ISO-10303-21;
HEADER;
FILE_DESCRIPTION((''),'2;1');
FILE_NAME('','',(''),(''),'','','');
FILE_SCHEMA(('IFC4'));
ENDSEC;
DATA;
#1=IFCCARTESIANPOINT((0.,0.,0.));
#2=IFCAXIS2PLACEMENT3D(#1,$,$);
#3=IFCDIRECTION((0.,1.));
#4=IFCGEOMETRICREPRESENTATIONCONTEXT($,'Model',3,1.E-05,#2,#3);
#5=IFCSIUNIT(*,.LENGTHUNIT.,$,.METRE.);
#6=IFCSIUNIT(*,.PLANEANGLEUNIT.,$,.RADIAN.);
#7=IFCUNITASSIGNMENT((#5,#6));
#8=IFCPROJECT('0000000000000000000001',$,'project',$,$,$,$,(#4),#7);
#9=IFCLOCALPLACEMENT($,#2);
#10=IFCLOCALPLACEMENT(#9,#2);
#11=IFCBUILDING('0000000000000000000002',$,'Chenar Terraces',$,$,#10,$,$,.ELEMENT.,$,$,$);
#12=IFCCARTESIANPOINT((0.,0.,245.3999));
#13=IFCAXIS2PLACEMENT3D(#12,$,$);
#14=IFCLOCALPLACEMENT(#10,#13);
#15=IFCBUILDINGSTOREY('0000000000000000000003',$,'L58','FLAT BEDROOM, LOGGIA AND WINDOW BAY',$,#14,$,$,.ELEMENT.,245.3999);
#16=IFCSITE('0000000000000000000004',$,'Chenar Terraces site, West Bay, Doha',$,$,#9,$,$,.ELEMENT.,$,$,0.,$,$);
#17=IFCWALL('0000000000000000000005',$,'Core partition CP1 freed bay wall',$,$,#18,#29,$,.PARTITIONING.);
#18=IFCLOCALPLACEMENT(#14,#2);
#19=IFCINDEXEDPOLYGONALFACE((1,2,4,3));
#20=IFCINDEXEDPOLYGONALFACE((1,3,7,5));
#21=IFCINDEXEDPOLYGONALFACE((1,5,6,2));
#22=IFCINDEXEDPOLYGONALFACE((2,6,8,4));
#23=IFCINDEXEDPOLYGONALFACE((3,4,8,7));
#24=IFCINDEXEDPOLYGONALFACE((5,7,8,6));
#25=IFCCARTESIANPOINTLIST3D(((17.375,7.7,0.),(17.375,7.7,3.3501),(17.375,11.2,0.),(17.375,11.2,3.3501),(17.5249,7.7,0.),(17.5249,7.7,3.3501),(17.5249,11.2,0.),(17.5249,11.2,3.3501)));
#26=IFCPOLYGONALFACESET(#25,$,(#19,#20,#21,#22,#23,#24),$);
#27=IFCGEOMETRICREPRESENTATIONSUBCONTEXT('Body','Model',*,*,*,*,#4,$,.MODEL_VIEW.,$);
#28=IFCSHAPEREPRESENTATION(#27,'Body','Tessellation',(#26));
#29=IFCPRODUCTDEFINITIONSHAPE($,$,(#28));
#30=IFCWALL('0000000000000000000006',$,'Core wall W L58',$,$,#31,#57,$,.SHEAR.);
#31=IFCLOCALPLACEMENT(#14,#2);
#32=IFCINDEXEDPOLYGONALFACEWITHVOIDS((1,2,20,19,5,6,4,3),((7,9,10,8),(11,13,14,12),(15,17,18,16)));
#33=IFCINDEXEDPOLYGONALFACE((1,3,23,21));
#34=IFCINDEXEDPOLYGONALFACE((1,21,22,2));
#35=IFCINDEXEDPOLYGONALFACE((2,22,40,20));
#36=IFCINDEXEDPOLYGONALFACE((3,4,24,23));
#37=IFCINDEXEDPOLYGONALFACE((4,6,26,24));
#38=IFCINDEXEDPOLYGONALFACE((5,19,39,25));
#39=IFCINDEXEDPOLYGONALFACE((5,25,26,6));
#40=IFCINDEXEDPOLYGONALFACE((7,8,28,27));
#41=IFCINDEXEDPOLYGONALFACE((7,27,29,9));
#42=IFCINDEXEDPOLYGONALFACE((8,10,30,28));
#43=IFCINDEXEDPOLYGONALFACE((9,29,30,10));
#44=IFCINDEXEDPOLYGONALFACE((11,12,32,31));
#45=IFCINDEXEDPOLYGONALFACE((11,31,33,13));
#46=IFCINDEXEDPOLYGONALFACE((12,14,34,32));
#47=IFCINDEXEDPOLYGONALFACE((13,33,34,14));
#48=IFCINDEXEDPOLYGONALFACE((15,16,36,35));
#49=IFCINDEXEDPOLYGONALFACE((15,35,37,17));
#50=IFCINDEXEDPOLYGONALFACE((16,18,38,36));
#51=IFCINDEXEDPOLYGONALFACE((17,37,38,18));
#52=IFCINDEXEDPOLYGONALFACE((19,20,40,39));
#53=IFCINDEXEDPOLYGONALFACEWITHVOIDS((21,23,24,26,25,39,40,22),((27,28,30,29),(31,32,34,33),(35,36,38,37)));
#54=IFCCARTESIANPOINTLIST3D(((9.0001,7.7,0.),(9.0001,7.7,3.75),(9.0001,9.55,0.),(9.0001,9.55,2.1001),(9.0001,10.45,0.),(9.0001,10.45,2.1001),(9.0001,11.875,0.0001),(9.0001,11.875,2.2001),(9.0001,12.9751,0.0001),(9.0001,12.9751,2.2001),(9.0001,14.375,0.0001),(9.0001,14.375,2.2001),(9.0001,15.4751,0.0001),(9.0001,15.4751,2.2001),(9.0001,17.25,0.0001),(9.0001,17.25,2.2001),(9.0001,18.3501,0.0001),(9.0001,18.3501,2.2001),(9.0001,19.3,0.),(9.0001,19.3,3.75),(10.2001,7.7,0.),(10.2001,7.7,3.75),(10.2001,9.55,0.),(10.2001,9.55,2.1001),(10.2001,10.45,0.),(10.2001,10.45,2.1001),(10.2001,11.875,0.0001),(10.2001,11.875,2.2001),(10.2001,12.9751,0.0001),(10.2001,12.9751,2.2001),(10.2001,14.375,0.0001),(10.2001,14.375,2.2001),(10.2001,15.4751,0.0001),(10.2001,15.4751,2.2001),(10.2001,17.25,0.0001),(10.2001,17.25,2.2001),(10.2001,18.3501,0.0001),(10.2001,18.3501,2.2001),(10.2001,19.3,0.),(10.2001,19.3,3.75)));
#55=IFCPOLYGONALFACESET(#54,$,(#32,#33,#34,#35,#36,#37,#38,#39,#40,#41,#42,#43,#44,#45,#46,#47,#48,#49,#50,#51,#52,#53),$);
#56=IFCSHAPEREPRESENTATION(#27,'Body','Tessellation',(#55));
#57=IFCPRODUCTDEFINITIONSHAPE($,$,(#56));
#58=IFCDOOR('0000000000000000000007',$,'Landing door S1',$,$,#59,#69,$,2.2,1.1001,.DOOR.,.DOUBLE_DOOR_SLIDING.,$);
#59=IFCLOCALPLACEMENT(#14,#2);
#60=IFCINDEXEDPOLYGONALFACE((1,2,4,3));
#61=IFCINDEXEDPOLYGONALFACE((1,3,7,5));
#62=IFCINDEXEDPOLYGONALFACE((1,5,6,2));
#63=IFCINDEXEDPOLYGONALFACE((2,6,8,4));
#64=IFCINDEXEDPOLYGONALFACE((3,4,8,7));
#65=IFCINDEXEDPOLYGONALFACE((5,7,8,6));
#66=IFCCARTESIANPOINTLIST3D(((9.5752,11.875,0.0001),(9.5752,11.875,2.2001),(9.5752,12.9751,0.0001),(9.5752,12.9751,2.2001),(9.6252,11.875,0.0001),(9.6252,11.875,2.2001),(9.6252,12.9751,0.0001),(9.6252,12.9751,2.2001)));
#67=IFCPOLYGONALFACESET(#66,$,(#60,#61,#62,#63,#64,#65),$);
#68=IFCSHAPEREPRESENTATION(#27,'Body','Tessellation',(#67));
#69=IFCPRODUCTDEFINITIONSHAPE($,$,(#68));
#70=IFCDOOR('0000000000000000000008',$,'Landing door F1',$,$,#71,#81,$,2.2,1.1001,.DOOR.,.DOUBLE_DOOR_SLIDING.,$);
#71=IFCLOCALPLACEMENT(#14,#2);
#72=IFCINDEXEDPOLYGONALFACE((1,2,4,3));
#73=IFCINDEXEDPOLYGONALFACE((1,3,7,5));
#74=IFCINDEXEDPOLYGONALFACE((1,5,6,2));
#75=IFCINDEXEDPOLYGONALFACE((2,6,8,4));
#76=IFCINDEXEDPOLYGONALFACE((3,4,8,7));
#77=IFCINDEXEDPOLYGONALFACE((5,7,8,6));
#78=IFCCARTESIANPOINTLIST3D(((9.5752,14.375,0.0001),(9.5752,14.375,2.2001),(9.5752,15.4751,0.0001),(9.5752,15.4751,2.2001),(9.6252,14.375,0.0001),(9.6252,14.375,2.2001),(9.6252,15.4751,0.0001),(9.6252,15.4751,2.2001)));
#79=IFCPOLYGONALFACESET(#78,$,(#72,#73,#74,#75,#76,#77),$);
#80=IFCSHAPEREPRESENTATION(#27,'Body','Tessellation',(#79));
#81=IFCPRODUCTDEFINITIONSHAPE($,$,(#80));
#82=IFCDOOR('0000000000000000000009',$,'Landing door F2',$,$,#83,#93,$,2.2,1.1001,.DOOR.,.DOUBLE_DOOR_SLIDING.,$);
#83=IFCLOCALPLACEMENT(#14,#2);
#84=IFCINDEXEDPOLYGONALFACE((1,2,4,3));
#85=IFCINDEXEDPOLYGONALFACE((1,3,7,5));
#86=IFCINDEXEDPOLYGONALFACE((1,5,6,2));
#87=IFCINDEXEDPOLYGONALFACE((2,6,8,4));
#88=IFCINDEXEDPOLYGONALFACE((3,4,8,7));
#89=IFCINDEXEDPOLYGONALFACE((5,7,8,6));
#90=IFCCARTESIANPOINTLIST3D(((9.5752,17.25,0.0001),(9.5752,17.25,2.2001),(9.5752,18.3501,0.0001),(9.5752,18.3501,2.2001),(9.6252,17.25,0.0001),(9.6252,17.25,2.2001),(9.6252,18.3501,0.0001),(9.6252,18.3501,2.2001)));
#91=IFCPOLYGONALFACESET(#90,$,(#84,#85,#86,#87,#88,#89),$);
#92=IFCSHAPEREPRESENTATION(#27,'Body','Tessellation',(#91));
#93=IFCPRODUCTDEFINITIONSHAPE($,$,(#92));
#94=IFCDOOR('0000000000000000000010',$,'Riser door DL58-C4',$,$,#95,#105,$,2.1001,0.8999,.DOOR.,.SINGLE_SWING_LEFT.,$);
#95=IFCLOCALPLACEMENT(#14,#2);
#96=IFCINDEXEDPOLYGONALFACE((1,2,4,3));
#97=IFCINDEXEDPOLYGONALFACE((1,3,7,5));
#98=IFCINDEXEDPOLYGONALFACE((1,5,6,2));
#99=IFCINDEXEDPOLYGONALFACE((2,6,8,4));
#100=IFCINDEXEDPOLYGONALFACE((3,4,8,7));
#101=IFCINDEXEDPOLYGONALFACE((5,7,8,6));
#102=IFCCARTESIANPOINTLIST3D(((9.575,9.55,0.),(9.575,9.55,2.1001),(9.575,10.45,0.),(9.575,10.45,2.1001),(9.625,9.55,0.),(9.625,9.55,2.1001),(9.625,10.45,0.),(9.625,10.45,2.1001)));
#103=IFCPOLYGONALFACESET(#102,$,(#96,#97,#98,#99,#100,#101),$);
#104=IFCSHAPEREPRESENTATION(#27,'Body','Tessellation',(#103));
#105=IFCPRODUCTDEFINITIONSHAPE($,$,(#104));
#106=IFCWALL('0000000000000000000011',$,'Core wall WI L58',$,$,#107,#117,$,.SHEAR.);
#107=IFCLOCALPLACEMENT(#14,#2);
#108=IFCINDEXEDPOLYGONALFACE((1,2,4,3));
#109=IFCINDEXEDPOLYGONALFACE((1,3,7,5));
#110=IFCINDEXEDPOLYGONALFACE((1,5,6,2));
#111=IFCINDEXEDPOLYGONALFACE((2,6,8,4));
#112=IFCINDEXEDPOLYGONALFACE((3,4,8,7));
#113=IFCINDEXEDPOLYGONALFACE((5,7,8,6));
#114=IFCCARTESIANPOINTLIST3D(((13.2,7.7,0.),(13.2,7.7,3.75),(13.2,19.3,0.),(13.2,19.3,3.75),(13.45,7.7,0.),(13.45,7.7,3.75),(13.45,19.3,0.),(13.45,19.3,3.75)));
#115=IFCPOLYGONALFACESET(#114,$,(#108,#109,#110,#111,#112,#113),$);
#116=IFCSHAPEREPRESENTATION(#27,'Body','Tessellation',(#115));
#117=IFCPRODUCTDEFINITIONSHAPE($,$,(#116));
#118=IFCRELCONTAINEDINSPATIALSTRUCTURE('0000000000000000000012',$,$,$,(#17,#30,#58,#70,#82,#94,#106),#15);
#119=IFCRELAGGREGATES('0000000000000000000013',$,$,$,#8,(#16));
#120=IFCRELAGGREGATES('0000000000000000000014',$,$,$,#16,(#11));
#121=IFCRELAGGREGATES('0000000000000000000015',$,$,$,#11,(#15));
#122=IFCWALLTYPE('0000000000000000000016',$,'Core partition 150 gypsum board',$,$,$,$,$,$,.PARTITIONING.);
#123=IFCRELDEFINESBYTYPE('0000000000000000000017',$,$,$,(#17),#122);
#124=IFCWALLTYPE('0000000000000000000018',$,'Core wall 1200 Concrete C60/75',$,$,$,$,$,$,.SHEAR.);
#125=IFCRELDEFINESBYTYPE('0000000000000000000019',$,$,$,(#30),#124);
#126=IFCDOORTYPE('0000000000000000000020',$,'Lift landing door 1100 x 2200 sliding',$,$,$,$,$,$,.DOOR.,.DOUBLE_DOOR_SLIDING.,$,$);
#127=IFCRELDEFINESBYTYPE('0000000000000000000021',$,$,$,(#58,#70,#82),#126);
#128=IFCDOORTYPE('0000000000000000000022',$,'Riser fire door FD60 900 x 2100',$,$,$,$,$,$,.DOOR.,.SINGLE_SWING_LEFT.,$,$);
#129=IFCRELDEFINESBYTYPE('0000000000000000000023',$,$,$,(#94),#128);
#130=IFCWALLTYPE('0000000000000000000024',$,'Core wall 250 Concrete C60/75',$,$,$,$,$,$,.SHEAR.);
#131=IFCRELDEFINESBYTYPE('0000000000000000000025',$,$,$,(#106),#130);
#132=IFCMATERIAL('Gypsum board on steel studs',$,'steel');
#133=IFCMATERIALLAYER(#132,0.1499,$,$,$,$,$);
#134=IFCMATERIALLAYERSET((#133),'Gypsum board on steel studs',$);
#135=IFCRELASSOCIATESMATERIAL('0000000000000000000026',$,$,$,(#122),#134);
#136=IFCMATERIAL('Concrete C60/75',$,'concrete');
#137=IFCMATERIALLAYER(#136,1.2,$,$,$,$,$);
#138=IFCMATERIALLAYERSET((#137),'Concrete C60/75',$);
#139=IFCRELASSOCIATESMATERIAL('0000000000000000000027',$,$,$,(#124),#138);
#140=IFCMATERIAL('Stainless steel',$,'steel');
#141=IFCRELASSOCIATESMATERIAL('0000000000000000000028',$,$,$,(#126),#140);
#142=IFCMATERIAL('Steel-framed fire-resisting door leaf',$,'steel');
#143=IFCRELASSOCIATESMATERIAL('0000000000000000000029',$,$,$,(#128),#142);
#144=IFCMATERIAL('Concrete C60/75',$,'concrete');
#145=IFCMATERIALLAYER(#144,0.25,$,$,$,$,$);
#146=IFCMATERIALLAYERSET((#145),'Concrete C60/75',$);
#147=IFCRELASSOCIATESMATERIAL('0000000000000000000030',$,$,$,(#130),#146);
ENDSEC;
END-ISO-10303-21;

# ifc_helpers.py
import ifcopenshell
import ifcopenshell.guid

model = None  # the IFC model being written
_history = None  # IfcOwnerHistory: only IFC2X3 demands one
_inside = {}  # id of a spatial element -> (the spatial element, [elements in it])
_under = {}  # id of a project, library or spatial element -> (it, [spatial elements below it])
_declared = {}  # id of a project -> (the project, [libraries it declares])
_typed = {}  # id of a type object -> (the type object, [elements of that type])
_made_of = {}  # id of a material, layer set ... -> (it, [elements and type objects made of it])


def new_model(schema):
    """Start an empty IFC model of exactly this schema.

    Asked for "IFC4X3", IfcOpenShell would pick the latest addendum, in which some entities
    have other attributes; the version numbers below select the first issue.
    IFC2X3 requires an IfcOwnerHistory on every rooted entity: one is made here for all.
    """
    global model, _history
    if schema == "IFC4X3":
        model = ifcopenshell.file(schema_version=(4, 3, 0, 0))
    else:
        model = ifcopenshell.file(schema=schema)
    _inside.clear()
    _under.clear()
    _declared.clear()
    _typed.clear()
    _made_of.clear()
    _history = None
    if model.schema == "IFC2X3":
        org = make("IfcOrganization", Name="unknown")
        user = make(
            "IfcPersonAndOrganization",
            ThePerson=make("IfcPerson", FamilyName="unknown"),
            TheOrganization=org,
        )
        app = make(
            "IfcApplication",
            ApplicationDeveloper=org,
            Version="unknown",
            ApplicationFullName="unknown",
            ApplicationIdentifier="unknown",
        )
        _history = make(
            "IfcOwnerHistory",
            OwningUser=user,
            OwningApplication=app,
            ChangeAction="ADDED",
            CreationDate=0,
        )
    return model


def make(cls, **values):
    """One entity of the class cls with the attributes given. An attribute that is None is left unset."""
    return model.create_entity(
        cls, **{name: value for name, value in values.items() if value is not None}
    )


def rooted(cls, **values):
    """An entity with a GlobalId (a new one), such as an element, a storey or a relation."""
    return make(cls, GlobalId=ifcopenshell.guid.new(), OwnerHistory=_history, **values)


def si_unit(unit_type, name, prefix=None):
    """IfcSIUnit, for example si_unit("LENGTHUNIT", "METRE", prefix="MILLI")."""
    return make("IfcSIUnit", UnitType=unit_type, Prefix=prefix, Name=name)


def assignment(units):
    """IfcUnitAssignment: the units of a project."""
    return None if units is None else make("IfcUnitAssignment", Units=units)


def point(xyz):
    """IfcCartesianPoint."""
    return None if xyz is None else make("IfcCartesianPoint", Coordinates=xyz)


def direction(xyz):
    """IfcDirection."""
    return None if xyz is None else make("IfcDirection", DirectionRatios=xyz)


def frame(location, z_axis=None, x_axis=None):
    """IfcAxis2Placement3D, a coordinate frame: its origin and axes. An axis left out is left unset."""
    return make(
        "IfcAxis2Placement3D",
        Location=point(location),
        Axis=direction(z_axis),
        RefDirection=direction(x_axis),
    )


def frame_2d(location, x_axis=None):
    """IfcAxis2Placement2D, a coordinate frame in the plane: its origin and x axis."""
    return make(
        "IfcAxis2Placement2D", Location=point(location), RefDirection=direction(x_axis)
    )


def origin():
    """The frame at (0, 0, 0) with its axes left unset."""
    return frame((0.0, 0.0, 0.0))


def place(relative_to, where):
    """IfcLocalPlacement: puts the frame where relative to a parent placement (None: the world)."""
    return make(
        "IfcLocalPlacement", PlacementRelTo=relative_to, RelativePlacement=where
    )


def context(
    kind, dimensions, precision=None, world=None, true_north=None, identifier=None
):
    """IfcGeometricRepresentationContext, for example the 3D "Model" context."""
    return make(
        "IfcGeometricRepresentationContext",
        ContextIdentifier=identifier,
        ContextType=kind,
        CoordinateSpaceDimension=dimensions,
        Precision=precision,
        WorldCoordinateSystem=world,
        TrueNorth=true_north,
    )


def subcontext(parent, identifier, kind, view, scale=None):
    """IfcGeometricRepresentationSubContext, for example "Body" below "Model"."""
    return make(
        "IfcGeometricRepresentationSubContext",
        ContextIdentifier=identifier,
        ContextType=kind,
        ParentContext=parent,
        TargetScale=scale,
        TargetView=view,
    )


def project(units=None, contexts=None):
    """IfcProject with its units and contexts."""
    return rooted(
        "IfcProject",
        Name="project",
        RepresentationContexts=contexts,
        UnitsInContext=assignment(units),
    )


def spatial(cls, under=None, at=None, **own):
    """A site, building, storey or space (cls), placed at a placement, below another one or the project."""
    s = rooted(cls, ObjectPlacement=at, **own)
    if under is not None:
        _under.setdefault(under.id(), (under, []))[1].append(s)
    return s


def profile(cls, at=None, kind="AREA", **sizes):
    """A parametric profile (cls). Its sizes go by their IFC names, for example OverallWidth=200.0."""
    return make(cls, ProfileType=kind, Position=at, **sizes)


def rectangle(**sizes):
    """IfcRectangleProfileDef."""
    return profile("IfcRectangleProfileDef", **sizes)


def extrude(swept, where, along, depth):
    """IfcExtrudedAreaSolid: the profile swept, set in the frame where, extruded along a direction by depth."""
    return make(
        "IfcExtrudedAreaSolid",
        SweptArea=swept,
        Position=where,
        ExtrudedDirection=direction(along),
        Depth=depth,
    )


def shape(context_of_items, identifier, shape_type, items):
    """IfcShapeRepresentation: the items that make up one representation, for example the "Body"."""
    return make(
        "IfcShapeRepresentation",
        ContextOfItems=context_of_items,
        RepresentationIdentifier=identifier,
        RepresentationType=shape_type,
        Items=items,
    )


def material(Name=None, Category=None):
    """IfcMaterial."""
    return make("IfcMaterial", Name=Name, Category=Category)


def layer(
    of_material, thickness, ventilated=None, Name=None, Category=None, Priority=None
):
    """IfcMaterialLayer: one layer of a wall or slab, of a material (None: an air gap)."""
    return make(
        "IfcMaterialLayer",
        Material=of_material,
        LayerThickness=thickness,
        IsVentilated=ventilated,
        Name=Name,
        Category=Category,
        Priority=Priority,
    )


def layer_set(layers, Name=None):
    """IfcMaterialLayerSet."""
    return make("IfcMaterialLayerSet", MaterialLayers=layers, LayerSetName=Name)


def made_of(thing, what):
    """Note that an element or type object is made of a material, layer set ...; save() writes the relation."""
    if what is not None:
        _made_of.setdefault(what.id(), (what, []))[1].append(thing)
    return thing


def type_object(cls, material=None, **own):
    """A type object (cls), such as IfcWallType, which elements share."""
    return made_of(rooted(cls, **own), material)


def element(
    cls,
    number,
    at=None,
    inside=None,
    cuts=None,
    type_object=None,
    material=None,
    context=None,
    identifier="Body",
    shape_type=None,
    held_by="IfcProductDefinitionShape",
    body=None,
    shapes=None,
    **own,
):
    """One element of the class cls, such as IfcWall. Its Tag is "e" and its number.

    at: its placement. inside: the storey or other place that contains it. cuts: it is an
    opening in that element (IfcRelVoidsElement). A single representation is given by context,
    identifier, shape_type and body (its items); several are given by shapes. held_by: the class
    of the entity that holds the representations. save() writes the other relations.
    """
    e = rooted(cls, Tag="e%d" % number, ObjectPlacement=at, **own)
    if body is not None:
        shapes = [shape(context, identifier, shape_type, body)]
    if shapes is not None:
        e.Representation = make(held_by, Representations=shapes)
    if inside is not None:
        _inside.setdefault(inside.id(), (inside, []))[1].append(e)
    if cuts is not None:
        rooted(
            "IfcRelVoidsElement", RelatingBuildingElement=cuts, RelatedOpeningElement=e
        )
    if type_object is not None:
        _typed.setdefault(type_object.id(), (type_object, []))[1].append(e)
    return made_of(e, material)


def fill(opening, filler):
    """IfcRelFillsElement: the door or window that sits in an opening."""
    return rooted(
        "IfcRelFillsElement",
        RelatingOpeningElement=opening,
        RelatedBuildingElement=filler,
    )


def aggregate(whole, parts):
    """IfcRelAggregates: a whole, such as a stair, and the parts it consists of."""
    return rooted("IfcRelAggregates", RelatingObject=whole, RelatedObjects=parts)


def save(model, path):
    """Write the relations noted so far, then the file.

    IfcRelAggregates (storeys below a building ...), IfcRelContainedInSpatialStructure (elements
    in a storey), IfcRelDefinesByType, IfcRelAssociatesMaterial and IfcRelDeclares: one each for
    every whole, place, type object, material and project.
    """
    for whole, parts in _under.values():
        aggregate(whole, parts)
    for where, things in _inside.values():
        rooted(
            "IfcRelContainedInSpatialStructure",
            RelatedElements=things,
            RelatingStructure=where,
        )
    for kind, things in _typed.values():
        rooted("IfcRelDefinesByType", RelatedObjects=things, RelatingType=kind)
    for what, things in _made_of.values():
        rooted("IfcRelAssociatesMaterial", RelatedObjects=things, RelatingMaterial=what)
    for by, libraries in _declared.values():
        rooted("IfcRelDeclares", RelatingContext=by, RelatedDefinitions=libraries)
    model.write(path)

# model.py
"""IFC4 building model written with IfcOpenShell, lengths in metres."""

from ifc_helpers import new_model, si_unit, direction, frame, frame_2d, origin, place, context, subcontext, project, spatial, rectangle, extrude, material, layer, layer_set, type_object, element, fill, save


model = new_model("IFC4")

# Units and contexts
model_context = context("Model", 3, precision=1e-05, world=origin(), true_north=direction((0.0, 1.0)))
body_context = subcontext(model_context, "Body", "Model", "MODEL_VIEW")
ifc_project = project(units=[si_unit("LENGTHUNIT", "METRE"), si_unit("PLANEANGLEUNIT", "RADIAN")], contexts=[model_context])

# Site, building, storey
site_placement = place(None, origin())
site = spatial("IfcSite", under=ifc_project, at=site_placement, Name="Chenar Terraces site, West Bay, Doha", CompositionType="ELEMENT", RefElevation=0.0)
building_placement = place(site_placement, origin())
building = spatial("IfcBuilding", under=site, at=building_placement, Name="Chenar Terraces", CompositionType="ELEMENT")
storey_placement = place(building_placement, frame((0.0, 0.0, 245.3999)))
storey = spatial("IfcBuildingStorey", under=building, at=storey_placement, Name="L58", Description="FLAT BEDROOM, LOGGIA AND WINDOW BAY", CompositionType="ELEMENT", Elevation=245.3999)

# Wall
ifc_material_1 = material(Name="Gypsum board on steel studs", Category="steel")
ifc_layer_1 = layer(ifc_material_1, 0.1499)
ifc_layer_set_1 = layer_set([ifc_layer_1], Name="Gypsum board on steel studs")
wall_type_1 = type_object("IfcWallType", Name="Core partition 150 gypsum board", PredefinedType="PARTITIONING", material=ifc_layer_set_1)
wall_1_placement = place(storey_placement, frame((17.45, 7.7, 0.0), z_axis=(0.0, 0.0, 1.0), x_axis=(0.0, 1.0, 0.0)))
element("IfcWall", 1, at=wall_1_placement, inside=storey, type_object=wall_type_1, Name="Core partition CP1 freed bay wall", PredefinedType="PARTITIONING", context=body_context, shape_type="SweptSolid", body=[
    extrude(rectangle(XDim=3.5, YDim=0.1499, at=frame_2d((1.75, 0.0))), origin(), (0.0, 0.0, 1.0), 3.3501),
])

# Wall, openings, doors
ifc_material_2 = material(Name="Concrete C60/75", Category="concrete")
ifc_layer_2 = layer(ifc_material_2, 1.2)
ifc_layer_set_2 = layer_set([ifc_layer_2], Name="Concrete C60/75")
wall_type_2 = type_object("IfcWallType", Name="Core wall 1200 Concrete C60/75", PredefinedType="SHEAR", material=ifc_layer_set_2)
wall_2_placement = place(storey_placement, frame((9.6001, 7.7, 0.0), z_axis=(0.0, 0.0, 1.0), x_axis=(0.0, 1.0, 0.0)))
wall_2 = element("IfcWall", 2, at=wall_2_placement, inside=storey, type_object=wall_type_2, Name="Core wall W L58", PredefinedType="SHEAR", context=body_context, shape_type="SweptSolid", body=[
    extrude(rectangle(XDim=11.6001, YDim=1.2, at=frame_2d((5.8, 0.0))), origin(), (0.0, 0.0, 1.0), 3.75),
])
opening_1_placement = place(wall_2_placement, frame((4.175, 0.0, 0.0)))
opening_1 = element("IfcOpeningElement", 3, at=opening_1_placement, cuts=wall_2, PredefinedType="OPENING", context=body_context, shape_type="SweptSolid", body=[
    extrude(rectangle(XDim=1.1001, YDim=2.2, at=frame_2d((0.55, 1.1001))), frame((0.0, 0.6099, 0.0), z_axis=(0.0, -1.0, 0.0), x_axis=(1.0, 0.0, 0.0)), (0.0, 0.0, 1.0), 1.22),
])
opening_2_placement = place(wall_2_placement, frame((6.675, 0.0, 0.0)))
opening_2 = element("IfcOpeningElement", 4, at=opening_2_placement, cuts=wall_2, PredefinedType="OPENING", context=body_context, shape_type="SweptSolid", body=[
    extrude(rectangle(XDim=1.1001, YDim=2.2, at=frame_2d((0.55, 1.1001))), frame((0.0, 0.6099, 0.0), z_axis=(0.0, -1.0, 0.0), x_axis=(1.0, 0.0, 0.0)), (0.0, 0.0, 1.0), 1.22),
])
opening_3_placement = place(wall_2_placement, frame((9.55, 0.0, 0.0)))
opening_3 = element("IfcOpeningElement", 5, at=opening_3_placement, cuts=wall_2, PredefinedType="OPENING", context=body_context, shape_type="SweptSolid", body=[
    extrude(rectangle(XDim=1.1001, YDim=2.2, at=frame_2d((0.55, 1.1001))), frame((0.0, 0.6099, 0.0), z_axis=(0.0, -1.0, 0.0), x_axis=(1.0, 0.0, 0.0)), (0.0, 0.0, 1.0), 1.22),
])
opening_4_placement = place(wall_2_placement, frame((1.8501, 0.0, 0.0)))
opening_4 = element("IfcOpeningElement", 6, at=opening_4_placement, cuts=wall_2, PredefinedType="OPENING", context=body_context, shape_type="SweptSolid", body=[
    extrude(rectangle(XDim=0.8999, YDim=2.1001, at=frame_2d((0.45, 1.05))), frame((0.0, 0.6099, 0.0), z_axis=(0.0, -1.0, 0.0), x_axis=(1.0, 0.0, 0.0)), (0.0, 0.0, 1.0), 1.22),
])
ifc_material_3 = material(Name="Stainless steel", Category="steel")
door_type_1 = type_object("IfcDoorType", Name="Lift landing door 1100 x 2200 sliding", OperationType="DOUBLE_DOOR_SLIDING", PredefinedType="DOOR", material=ifc_material_3)
door_1_placement = place(opening_1_placement, origin())
door_1 = element("IfcDoor", 7, at=door_1_placement, inside=storey, type_object=door_type_1, Name="Landing door S1", OperationType="DOUBLE_DOOR_SLIDING", OverallHeight=2.2, OverallWidth=1.1001, PredefinedType="DOOR", context=body_context, shape_type="SweptSolid", body=[
    extrude(rectangle(XDim=1.1001, YDim=2.2, at=frame_2d((0.55, 1.1001))), frame((0.0, 0.0249, 0.0), z_axis=(0.0, -1.0, 0.0), x_axis=(1.0, 0.0, 0.0)), (0.0, 0.0, 1.0), 0.05),
])
fill(opening_1, door_1)
door_2_placement = place(opening_2_placement, origin())
door_2 = element("IfcDoor", 8, at=door_2_placement, inside=storey, type_object=door_type_1, Name="Landing door F1", OperationType="DOUBLE_DOOR_SLIDING", OverallHeight=2.2, OverallWidth=1.1001, PredefinedType="DOOR", context=body_context, shape_type="SweptSolid", body=[
    extrude(rectangle(XDim=1.1001, YDim=2.2, at=frame_2d((0.55, 1.1001))), frame((0.0, 0.0249, 0.0), z_axis=(0.0, -1.0, 0.0), x_axis=(1.0, 0.0, 0.0)), (0.0, 0.0, 1.0), 0.05),
])
fill(opening_2, door_2)
door_3_placement = place(opening_3_placement, origin())
door_3 = element("IfcDoor", 9, at=door_3_placement, inside=storey, type_object=door_type_1, Name="Landing door F2", OperationType="DOUBLE_DOOR_SLIDING", OverallHeight=2.2, OverallWidth=1.1001, PredefinedType="DOOR", context=body_context, shape_type="SweptSolid", body=[
    extrude(rectangle(XDim=1.1001, YDim=2.2, at=frame_2d((0.55, 1.1001))), frame((0.0, 0.0249, 0.0), z_axis=(0.0, -1.0, 0.0), x_axis=(1.0, 0.0, 0.0)), (0.0, 0.0, 1.0), 0.05),
])
fill(opening_3, door_3)
ifc_material_4 = material(Name="Steel-framed fire-resisting door leaf", Category="steel")
door_type_2 = type_object("IfcDoorType", Name="Riser fire door FD60 900 x 2100", OperationType="SINGLE_SWING_LEFT", PredefinedType="DOOR", material=ifc_material_4)
door_4_placement = place(opening_4_placement, frame((0.8999, 0.0, 0.0), z_axis=(0.0, 0.0, 1.0), x_axis=(-1.0, 0.0, 0.0)))
door_4 = element("IfcDoor", 10, at=door_4_placement, inside=storey, type_object=door_type_2, Name="Riser door DL58-C4", OperationType="SINGLE_SWING_LEFT", OverallHeight=2.1001, OverallWidth=0.8999, PredefinedType="DOOR", context=body_context, shape_type="SweptSolid", body=[
    extrude(rectangle(XDim=0.8999, YDim=2.1001, at=frame_2d((0.45, 1.05))), frame((0.0, 0.0249, 0.0), z_axis=(0.0, -1.0, 0.0), x_axis=(1.0, 0.0, 0.0)), (0.0, 0.0, 1.0), 0.05),
])
fill(opening_4, door_4)

# Wall
ifc_material_5 = material(Name="Concrete C60/75", Category="concrete")
ifc_layer_3 = layer(ifc_material_5, 0.25)
ifc_layer_set_3 = layer_set([ifc_layer_3], Name="Concrete C60/75")
wall_type_3 = type_object("IfcWallType", Name="Core wall 250 Concrete C60/75", PredefinedType="SHEAR", material=ifc_layer_set_3)
wall_3_placement = place(storey_placement, frame((13.325, 7.7, 0.0), z_axis=(0.0, 0.0, 1.0), x_axis=(0.0, 1.0, 0.0)))
element("IfcWall", 11, at=wall_3_placement, inside=storey, type_object=wall_type_3, Name="Core wall WI L58", PredefinedType="SHEAR", context=body_context, shape_type="SweptSolid", body=[
    extrude(rectangle(XDim=11.6001, YDim=0.25, at=frame_2d((5.8, 0.0))), origin(), (0.0, 0.0, 1.0), 3.75),
])

save(model, "model.ifc")
